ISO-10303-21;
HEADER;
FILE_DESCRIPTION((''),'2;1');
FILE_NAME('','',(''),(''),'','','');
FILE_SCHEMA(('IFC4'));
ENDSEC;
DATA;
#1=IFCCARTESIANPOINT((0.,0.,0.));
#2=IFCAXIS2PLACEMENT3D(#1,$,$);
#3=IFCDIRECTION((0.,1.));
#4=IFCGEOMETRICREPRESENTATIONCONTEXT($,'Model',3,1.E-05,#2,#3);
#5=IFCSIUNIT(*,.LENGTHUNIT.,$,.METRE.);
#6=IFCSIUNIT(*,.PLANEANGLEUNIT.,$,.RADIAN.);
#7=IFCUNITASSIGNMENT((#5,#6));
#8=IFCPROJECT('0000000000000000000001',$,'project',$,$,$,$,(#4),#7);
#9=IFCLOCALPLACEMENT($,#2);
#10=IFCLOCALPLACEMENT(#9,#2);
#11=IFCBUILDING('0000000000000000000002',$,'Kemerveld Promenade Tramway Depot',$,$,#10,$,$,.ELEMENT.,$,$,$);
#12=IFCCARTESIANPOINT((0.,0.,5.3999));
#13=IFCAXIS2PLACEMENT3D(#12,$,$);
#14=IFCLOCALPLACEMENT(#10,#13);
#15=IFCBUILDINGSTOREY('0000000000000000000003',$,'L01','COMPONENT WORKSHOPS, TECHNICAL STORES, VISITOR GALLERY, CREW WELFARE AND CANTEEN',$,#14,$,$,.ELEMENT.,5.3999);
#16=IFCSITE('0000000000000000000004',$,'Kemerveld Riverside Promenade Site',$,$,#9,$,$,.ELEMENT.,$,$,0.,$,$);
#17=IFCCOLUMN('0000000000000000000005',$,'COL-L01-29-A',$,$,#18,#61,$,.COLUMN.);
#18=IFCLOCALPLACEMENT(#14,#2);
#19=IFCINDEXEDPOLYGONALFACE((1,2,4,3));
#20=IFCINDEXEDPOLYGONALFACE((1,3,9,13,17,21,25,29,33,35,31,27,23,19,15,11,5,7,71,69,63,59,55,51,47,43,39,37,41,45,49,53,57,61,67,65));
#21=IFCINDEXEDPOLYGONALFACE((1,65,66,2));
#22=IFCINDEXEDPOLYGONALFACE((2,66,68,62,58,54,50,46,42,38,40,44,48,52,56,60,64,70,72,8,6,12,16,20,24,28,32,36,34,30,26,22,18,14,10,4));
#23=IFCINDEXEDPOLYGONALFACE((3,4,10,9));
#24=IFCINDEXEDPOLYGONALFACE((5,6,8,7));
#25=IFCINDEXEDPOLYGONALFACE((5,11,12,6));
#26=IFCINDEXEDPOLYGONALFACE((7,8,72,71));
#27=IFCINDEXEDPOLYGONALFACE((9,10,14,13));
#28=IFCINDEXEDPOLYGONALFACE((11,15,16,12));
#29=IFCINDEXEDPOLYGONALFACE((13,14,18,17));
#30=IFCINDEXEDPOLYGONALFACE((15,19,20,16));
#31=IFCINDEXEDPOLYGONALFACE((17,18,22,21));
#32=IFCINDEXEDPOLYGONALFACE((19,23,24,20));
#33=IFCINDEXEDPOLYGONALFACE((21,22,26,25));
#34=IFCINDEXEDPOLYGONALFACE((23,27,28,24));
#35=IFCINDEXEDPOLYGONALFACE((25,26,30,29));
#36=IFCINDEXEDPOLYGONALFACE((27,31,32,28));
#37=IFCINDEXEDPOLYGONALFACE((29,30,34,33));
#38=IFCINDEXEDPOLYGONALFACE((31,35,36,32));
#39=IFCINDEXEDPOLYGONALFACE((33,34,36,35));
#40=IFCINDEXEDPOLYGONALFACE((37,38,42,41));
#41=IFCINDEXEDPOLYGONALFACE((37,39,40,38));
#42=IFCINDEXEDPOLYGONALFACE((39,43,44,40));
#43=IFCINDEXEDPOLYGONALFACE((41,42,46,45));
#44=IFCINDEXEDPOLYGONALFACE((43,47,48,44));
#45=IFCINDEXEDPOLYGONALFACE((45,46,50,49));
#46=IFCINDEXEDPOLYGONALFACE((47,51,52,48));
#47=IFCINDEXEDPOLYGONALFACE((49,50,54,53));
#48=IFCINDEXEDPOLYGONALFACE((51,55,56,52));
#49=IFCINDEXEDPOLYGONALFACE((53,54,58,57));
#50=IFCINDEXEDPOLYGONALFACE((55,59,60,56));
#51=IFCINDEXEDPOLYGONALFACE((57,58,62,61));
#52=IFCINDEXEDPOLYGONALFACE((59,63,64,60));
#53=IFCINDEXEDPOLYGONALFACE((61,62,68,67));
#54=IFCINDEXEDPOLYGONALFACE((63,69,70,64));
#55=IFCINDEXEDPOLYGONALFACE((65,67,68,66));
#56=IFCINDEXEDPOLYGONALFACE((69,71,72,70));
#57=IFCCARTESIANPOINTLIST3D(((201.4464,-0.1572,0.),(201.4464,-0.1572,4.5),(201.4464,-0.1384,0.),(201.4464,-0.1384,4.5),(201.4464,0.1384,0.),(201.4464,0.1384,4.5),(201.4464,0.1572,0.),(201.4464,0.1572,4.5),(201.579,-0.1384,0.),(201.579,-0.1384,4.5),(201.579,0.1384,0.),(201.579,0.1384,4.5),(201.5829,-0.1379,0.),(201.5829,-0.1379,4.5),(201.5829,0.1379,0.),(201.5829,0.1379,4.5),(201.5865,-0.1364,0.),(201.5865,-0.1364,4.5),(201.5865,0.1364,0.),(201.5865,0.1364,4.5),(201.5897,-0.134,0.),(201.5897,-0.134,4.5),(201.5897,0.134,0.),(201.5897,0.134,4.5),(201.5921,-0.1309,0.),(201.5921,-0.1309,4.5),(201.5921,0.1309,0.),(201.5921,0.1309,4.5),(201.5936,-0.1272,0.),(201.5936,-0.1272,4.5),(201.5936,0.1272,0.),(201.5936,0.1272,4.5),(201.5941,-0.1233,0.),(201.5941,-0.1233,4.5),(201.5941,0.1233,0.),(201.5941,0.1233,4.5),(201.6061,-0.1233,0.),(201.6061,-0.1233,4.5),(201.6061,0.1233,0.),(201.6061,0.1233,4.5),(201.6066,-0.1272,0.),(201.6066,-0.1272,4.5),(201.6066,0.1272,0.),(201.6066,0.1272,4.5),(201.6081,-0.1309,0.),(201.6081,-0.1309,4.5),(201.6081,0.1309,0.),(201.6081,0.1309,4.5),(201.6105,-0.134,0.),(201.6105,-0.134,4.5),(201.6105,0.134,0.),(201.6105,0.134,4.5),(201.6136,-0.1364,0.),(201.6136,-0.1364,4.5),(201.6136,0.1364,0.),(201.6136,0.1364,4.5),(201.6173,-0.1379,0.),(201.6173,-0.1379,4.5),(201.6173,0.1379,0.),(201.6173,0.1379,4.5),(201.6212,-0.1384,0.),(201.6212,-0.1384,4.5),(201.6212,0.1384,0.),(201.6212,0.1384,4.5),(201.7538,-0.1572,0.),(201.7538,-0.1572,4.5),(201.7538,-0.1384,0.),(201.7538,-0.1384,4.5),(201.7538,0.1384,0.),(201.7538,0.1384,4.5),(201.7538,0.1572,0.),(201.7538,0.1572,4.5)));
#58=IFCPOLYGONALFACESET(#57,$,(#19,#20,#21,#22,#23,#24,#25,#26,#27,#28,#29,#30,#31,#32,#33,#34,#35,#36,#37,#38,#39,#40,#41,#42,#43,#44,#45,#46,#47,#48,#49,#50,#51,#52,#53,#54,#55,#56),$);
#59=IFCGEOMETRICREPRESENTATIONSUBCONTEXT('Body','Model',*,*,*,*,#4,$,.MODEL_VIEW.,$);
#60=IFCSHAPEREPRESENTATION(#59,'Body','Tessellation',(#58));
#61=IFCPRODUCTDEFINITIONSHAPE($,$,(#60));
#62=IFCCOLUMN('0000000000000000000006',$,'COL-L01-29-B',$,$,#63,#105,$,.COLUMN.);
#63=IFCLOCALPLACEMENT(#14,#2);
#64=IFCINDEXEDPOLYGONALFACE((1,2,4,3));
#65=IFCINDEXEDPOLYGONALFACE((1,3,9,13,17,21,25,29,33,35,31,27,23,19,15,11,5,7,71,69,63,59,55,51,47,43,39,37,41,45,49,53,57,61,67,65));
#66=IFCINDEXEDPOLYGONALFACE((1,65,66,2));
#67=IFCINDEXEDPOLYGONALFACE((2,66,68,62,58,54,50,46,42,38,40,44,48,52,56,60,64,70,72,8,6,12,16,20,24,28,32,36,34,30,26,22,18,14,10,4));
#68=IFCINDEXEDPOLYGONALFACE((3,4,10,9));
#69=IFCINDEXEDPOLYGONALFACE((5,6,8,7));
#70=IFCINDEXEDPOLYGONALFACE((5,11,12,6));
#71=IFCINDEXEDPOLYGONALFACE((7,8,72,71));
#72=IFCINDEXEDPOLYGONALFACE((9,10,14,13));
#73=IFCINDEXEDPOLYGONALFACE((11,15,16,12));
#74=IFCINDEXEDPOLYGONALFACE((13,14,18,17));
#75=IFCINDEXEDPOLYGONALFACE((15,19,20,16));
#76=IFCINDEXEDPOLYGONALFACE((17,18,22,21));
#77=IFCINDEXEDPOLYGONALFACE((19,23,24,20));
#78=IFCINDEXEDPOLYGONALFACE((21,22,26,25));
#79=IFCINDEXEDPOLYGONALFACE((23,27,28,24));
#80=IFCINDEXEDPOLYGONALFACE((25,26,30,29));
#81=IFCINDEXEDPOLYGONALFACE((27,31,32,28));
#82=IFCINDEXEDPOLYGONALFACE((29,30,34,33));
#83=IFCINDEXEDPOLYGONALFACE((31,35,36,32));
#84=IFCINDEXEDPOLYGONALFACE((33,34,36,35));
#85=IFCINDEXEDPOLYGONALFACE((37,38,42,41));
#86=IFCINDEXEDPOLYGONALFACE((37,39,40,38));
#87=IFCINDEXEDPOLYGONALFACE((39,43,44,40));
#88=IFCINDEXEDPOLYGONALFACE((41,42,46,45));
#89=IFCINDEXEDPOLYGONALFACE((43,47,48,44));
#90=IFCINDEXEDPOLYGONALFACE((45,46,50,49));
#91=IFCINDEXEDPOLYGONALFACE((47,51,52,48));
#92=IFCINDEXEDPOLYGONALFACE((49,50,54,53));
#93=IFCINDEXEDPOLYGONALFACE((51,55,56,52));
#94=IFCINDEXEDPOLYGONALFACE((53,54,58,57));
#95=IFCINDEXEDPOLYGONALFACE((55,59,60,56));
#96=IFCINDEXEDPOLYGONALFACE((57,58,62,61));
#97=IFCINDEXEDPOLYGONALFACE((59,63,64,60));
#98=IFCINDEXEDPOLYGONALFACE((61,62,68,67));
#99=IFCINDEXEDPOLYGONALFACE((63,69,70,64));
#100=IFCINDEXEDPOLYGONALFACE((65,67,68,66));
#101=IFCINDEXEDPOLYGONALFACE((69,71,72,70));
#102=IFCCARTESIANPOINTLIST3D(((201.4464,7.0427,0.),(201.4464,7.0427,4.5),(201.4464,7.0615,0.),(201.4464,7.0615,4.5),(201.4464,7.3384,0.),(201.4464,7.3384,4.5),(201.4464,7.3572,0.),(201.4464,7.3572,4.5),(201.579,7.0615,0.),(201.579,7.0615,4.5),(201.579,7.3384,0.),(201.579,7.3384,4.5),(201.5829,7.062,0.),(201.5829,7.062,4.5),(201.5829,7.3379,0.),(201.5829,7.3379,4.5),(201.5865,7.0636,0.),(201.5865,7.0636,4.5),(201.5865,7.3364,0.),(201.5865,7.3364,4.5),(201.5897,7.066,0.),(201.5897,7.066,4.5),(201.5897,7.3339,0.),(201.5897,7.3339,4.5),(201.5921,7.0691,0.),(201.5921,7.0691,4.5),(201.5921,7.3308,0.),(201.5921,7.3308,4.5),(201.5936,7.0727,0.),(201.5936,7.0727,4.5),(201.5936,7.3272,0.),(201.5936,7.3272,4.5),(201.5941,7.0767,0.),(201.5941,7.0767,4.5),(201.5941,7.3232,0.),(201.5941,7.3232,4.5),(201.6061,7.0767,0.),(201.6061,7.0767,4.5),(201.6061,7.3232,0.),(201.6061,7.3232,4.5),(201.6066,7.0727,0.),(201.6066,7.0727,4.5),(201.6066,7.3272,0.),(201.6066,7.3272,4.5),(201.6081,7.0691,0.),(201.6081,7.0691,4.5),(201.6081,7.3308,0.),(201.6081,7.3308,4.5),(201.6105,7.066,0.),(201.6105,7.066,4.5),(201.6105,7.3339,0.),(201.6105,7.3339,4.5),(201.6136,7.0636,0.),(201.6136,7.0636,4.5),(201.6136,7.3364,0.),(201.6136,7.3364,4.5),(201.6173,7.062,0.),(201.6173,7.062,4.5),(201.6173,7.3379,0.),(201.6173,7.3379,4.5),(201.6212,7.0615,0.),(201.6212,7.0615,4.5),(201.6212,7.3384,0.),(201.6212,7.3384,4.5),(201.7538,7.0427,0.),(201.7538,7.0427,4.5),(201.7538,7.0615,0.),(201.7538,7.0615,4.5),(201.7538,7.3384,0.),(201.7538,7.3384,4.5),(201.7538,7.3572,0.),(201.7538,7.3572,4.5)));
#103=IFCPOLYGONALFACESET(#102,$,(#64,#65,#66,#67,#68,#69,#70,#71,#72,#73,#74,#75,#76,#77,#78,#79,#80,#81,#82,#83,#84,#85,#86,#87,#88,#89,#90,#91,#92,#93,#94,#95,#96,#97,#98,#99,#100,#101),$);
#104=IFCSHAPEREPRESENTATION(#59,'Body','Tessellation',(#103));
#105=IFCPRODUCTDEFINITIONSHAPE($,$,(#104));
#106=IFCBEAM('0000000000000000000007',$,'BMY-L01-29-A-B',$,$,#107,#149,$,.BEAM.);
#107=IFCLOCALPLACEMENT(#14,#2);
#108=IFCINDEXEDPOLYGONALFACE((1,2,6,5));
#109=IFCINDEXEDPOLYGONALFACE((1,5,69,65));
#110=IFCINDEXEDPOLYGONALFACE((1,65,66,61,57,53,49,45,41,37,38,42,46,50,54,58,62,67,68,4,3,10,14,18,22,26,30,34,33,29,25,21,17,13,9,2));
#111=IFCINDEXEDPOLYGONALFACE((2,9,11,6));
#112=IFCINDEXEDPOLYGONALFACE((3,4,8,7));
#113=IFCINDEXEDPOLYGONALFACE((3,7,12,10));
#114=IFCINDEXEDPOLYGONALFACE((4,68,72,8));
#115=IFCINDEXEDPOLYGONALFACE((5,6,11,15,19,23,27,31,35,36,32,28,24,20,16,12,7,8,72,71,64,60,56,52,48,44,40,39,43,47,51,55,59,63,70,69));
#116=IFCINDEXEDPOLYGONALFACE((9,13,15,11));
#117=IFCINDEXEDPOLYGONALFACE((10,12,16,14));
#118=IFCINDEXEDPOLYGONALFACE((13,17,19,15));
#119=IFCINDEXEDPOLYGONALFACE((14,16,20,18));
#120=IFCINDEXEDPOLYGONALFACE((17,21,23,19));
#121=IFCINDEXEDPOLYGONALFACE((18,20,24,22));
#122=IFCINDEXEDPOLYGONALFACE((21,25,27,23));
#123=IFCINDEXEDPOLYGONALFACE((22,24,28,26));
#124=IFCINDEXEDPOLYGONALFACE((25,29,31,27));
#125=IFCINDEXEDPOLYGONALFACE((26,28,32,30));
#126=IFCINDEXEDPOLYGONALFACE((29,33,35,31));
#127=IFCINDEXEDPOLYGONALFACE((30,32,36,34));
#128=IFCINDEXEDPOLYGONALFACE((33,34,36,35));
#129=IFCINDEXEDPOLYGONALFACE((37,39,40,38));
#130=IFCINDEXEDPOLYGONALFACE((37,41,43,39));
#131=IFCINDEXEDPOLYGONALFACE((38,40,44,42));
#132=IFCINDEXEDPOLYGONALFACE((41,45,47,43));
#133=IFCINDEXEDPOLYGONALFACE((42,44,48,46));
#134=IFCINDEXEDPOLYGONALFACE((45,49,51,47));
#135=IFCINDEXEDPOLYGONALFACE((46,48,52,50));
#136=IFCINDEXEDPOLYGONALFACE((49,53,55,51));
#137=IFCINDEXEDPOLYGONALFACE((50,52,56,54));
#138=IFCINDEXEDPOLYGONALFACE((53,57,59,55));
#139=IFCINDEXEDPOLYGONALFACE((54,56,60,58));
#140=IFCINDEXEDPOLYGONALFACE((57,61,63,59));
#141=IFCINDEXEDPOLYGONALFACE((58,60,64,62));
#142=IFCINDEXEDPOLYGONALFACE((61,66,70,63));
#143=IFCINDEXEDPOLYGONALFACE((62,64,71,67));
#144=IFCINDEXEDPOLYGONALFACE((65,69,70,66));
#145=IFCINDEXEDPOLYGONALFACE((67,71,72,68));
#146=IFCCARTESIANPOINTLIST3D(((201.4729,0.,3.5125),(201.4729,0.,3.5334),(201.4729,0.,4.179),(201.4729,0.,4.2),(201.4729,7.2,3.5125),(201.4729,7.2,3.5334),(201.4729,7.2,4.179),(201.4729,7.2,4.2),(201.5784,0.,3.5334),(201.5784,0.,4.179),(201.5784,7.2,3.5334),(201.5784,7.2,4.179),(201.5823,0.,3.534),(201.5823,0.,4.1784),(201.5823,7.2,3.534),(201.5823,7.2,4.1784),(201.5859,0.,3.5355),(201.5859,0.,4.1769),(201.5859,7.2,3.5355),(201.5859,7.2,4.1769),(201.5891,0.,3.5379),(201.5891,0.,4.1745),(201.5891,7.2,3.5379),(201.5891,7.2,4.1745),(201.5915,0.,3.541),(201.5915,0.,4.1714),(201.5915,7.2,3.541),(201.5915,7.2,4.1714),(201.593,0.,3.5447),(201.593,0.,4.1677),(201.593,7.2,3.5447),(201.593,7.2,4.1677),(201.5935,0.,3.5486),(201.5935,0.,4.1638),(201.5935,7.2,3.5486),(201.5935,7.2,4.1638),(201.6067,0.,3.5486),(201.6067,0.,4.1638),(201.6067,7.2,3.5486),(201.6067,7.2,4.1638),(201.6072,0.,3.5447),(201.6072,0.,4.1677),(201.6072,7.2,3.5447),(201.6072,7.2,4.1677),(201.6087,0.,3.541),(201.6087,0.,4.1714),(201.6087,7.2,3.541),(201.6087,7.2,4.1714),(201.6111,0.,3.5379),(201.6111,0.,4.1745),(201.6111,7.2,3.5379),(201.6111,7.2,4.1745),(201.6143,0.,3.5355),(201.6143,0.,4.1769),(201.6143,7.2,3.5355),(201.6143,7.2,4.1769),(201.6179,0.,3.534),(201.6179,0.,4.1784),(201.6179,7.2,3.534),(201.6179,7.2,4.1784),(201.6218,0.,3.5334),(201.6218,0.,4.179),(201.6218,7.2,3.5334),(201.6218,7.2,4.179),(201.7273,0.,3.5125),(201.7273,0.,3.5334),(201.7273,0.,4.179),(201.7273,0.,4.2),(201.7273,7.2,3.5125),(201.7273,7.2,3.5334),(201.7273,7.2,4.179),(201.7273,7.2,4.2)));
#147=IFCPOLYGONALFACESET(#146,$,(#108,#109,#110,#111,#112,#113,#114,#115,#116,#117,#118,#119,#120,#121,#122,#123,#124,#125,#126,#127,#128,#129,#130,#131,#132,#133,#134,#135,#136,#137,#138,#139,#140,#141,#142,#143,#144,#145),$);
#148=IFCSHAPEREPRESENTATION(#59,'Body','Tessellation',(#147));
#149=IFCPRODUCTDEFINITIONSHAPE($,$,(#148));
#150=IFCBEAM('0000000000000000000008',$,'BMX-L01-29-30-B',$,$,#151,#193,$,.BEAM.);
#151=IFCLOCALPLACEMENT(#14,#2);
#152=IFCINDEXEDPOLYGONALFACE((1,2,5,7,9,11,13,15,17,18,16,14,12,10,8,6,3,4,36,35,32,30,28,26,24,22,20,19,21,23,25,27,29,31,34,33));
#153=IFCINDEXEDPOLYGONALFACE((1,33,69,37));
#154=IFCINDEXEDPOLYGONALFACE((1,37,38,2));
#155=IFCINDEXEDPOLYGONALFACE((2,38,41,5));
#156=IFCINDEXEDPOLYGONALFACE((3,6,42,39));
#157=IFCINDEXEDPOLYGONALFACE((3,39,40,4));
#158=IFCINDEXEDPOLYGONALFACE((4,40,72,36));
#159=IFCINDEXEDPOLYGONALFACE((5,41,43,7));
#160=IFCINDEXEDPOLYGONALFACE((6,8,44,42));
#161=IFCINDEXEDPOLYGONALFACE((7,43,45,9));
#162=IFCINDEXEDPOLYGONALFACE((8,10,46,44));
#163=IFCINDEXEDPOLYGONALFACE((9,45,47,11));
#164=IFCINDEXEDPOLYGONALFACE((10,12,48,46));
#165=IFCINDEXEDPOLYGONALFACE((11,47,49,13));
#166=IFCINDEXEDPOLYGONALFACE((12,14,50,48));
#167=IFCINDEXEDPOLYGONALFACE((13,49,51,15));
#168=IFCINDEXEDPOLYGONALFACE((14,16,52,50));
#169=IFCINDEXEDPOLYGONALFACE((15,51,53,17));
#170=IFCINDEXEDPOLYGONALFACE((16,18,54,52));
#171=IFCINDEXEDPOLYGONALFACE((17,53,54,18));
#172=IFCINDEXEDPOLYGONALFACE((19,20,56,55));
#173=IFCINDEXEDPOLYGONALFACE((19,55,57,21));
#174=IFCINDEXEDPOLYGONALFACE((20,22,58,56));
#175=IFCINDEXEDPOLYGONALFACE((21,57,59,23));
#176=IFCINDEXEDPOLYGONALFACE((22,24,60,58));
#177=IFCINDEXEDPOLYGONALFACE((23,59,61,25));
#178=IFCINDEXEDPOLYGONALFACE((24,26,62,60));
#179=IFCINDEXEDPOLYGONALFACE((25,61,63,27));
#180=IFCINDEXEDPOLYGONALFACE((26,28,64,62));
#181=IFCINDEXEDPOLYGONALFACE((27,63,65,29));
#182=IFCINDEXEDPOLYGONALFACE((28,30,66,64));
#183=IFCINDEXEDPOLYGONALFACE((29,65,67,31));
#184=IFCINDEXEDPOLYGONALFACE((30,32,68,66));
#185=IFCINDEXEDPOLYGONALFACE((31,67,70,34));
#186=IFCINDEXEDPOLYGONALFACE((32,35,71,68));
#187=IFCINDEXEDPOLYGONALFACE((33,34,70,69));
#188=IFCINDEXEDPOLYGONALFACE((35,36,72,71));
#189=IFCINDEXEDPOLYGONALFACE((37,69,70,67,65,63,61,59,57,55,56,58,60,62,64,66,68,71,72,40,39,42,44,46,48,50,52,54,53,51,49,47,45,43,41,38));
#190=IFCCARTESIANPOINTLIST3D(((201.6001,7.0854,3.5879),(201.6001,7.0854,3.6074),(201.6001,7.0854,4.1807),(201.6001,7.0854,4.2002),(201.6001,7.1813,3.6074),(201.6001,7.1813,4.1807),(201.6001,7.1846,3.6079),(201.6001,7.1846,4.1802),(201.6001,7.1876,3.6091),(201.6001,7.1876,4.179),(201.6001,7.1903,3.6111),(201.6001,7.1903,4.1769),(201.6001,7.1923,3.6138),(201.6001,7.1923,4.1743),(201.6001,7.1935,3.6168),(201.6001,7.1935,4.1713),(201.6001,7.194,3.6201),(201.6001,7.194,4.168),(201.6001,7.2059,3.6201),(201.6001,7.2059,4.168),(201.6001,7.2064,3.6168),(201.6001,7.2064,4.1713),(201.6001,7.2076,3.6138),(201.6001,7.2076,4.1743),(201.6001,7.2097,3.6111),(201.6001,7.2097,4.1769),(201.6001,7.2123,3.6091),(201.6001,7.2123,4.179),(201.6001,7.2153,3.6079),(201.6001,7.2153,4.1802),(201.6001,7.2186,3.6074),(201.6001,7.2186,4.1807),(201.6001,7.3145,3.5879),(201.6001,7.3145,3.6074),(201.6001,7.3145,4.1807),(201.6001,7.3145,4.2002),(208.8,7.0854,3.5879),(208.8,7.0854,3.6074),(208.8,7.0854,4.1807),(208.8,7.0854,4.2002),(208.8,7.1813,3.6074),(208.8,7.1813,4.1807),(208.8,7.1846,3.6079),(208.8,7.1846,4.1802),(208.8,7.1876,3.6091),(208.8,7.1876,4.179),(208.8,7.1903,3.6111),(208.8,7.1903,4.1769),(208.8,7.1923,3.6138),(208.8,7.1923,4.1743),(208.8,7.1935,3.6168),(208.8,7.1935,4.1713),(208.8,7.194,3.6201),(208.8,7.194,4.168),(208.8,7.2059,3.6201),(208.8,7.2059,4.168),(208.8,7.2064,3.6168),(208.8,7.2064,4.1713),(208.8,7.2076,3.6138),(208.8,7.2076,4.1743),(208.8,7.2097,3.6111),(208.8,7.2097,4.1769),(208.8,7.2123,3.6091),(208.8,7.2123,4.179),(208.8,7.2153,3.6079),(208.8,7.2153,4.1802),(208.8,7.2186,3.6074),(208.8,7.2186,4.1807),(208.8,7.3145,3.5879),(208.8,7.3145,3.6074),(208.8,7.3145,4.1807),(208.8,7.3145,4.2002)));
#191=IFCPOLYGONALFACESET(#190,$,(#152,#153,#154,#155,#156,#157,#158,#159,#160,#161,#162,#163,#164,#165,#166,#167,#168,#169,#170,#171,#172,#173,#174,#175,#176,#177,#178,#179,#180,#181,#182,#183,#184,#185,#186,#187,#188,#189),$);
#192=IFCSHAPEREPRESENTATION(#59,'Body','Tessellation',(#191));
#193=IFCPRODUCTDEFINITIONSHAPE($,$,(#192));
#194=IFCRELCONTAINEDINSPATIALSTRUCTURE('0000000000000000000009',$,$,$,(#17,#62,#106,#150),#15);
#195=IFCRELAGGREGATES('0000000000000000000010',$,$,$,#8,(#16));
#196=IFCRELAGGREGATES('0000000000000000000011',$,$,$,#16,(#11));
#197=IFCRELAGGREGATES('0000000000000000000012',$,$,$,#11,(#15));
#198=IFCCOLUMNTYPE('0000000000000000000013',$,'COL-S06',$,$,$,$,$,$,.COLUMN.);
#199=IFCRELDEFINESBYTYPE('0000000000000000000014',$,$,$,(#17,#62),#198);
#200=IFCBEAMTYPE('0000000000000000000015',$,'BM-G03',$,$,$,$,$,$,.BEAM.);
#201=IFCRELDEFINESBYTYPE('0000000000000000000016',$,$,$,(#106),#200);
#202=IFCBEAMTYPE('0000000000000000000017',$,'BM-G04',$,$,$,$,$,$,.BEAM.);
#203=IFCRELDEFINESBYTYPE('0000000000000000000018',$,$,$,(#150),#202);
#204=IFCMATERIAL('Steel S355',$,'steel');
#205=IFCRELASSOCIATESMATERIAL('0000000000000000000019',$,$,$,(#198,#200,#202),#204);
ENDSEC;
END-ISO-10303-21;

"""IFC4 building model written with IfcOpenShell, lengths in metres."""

from ifc_helpers import new_model, si_unit, direction, frame, origin, origin_2d, place, context, subcontext, project, spatial, i_section, extrude, material, material_profile, profile_set, type_object, element, save


model = new_model("IFC4")

# Units and contexts
model_context = context("Model", 3, precision=1e-05, world=origin(), true_north=direction((0.0, 1.0)))
body_context = subcontext(model_context, "Body", "Model", "MODEL_VIEW")
ifc_project = project(units=[si_unit("LENGTHUNIT", "METRE"), si_unit("PLANEANGLEUNIT", "RADIAN")], contexts=[model_context])

# Site, building, storey
site_placement = place(None, origin())
site = spatial("IfcSite", under=ifc_project, at=site_placement, Name="Kemerveld Riverside Promenade Site", CompositionType="ELEMENT", RefElevation=0.0)
building_placement = place(site_placement, origin())
building = spatial("IfcBuilding", under=site, at=building_placement, Name="Kemerveld Promenade Tramway Depot", CompositionType="ELEMENT")
storey_placement = place(building_placement, frame((0.0, 0.0, 5.3999)))
storey = spatial("IfcBuildingStorey", under=building, at=storey_placement, Name="L01", Description="COMPONENT WORKSHOPS, TECHNICAL STORES, VISITOR GALLERY, CREW WELFARE AND CANTEEN", CompositionType="ELEMENT", Elevation=5.3999)

# Columns
ifc_material_1 = material(Name="Steel S355", Category="steel")
ifc_material_profile_1 = material_profile(ifc_material_1, i_section(OverallWidth=0.3074, OverallDepth=0.3145, WebThickness=0.012, FlangeThickness=0.0188, FilletRadius=0.0151, at=origin_2d()), Name="305x305x118 UC")
ifc_profile_set_1 = profile_set([ifc_material_profile_1], Name="Steel S355")
column_type = type_object("IfcColumnType", Name="COL-S06", PredefinedType="COLUMN", material=ifc_profile_set_1)
for number, where, z_axis, x_axis, name in (
    (1, (201.6001, 0.0, 0.0), (0.0, 0.0, 1.0), (1.0, 0.0, 0.0), "COL-L01-29-A"),
    (2, (201.6001, 7.2, 0.0), (0.0, 0.0, 1.0), (1.0, 0.0, 0.0), "COL-L01-29-B"),
):
    element("IfcColumn", number, at=place(storey_placement, frame(where, z_axis=z_axis, x_axis=x_axis)), inside=storey, type_object=column_type, Name=name, PredefinedType="COLUMN", context=body_context, shape_type="SweptSolid", body=[
        extrude(i_section(OverallWidth=0.3074, OverallDepth=0.3145, WebThickness=0.012, FlangeThickness=0.0188, FilletRadius=0.0151, at=origin_2d()), origin(), (0.0, 0.0, 1.0), 4.5),
    ])

# Beams
ifc_material_profile_2 = material_profile(ifc_material_1, i_section(OverallWidth=0.2544, OverallDepth=0.6875, WebThickness=0.0132, FlangeThickness=0.021, FilletRadius=0.0151, at=origin_2d()), Name="686x254x152 UB")
ifc_profile_set_2 = profile_set([ifc_material_profile_2], Name="Steel S355")
beam_type_1 = type_object("IfcBeamType", Name="BM-G03", PredefinedType="BEAM", material=ifc_profile_set_2)
beam_1_placement = place(storey_placement, frame((201.6001, 0.0, 3.8562), z_axis=(0.0, 1.0, 0.0), x_axis=(-1.0, 0.0, 0.0)))
element("IfcBeam", 3, at=beam_1_placement, inside=storey, type_object=beam_type_1, Name="BMY-L01-29-A-B", PredefinedType="BEAM", context=body_context, shape_type="SweptSolid", body=[
    extrude(i_section(OverallWidth=0.2544, OverallDepth=0.6875, WebThickness=0.0132, FlangeThickness=0.021, FilletRadius=0.0151, at=origin_2d()), origin(), (0.0, 0.0, 1.0), 7.2),
])
ifc_material_profile_3 = material_profile(ifc_material_1, i_section(OverallWidth=0.229, OverallDepth=0.6123, WebThickness=0.012, FlangeThickness=0.0195, FilletRadius=0.0127, at=origin_2d()), Name="610x229x125 UB")
ifc_profile_set_3 = profile_set([ifc_material_profile_3], Name="Steel S355")
beam_type_2 = type_object("IfcBeamType", Name="BM-G04", PredefinedType="BEAM", material=ifc_profile_set_3)
beam_2_placement = place(storey_placement, frame((201.6001, 7.2, 3.894), z_axis=(1.0, 0.0, 0.0), x_axis=(0.0, 1.0, 0.0)))
element("IfcBeam", 4, at=beam_2_placement, inside=storey, type_object=beam_type_2, Name="BMX-L01-29-30-B", PredefinedType="BEAM", context=body_context, shape_type="SweptSolid", body=[
    extrude(i_section(OverallWidth=0.229, OverallDepth=0.6123, WebThickness=0.012, FlangeThickness=0.0195, FilletRadius=0.0127, at=origin_2d()), origin(), (0.0, 0.0, 1.0), 7.2),
])

save(model, "model.ifc")
